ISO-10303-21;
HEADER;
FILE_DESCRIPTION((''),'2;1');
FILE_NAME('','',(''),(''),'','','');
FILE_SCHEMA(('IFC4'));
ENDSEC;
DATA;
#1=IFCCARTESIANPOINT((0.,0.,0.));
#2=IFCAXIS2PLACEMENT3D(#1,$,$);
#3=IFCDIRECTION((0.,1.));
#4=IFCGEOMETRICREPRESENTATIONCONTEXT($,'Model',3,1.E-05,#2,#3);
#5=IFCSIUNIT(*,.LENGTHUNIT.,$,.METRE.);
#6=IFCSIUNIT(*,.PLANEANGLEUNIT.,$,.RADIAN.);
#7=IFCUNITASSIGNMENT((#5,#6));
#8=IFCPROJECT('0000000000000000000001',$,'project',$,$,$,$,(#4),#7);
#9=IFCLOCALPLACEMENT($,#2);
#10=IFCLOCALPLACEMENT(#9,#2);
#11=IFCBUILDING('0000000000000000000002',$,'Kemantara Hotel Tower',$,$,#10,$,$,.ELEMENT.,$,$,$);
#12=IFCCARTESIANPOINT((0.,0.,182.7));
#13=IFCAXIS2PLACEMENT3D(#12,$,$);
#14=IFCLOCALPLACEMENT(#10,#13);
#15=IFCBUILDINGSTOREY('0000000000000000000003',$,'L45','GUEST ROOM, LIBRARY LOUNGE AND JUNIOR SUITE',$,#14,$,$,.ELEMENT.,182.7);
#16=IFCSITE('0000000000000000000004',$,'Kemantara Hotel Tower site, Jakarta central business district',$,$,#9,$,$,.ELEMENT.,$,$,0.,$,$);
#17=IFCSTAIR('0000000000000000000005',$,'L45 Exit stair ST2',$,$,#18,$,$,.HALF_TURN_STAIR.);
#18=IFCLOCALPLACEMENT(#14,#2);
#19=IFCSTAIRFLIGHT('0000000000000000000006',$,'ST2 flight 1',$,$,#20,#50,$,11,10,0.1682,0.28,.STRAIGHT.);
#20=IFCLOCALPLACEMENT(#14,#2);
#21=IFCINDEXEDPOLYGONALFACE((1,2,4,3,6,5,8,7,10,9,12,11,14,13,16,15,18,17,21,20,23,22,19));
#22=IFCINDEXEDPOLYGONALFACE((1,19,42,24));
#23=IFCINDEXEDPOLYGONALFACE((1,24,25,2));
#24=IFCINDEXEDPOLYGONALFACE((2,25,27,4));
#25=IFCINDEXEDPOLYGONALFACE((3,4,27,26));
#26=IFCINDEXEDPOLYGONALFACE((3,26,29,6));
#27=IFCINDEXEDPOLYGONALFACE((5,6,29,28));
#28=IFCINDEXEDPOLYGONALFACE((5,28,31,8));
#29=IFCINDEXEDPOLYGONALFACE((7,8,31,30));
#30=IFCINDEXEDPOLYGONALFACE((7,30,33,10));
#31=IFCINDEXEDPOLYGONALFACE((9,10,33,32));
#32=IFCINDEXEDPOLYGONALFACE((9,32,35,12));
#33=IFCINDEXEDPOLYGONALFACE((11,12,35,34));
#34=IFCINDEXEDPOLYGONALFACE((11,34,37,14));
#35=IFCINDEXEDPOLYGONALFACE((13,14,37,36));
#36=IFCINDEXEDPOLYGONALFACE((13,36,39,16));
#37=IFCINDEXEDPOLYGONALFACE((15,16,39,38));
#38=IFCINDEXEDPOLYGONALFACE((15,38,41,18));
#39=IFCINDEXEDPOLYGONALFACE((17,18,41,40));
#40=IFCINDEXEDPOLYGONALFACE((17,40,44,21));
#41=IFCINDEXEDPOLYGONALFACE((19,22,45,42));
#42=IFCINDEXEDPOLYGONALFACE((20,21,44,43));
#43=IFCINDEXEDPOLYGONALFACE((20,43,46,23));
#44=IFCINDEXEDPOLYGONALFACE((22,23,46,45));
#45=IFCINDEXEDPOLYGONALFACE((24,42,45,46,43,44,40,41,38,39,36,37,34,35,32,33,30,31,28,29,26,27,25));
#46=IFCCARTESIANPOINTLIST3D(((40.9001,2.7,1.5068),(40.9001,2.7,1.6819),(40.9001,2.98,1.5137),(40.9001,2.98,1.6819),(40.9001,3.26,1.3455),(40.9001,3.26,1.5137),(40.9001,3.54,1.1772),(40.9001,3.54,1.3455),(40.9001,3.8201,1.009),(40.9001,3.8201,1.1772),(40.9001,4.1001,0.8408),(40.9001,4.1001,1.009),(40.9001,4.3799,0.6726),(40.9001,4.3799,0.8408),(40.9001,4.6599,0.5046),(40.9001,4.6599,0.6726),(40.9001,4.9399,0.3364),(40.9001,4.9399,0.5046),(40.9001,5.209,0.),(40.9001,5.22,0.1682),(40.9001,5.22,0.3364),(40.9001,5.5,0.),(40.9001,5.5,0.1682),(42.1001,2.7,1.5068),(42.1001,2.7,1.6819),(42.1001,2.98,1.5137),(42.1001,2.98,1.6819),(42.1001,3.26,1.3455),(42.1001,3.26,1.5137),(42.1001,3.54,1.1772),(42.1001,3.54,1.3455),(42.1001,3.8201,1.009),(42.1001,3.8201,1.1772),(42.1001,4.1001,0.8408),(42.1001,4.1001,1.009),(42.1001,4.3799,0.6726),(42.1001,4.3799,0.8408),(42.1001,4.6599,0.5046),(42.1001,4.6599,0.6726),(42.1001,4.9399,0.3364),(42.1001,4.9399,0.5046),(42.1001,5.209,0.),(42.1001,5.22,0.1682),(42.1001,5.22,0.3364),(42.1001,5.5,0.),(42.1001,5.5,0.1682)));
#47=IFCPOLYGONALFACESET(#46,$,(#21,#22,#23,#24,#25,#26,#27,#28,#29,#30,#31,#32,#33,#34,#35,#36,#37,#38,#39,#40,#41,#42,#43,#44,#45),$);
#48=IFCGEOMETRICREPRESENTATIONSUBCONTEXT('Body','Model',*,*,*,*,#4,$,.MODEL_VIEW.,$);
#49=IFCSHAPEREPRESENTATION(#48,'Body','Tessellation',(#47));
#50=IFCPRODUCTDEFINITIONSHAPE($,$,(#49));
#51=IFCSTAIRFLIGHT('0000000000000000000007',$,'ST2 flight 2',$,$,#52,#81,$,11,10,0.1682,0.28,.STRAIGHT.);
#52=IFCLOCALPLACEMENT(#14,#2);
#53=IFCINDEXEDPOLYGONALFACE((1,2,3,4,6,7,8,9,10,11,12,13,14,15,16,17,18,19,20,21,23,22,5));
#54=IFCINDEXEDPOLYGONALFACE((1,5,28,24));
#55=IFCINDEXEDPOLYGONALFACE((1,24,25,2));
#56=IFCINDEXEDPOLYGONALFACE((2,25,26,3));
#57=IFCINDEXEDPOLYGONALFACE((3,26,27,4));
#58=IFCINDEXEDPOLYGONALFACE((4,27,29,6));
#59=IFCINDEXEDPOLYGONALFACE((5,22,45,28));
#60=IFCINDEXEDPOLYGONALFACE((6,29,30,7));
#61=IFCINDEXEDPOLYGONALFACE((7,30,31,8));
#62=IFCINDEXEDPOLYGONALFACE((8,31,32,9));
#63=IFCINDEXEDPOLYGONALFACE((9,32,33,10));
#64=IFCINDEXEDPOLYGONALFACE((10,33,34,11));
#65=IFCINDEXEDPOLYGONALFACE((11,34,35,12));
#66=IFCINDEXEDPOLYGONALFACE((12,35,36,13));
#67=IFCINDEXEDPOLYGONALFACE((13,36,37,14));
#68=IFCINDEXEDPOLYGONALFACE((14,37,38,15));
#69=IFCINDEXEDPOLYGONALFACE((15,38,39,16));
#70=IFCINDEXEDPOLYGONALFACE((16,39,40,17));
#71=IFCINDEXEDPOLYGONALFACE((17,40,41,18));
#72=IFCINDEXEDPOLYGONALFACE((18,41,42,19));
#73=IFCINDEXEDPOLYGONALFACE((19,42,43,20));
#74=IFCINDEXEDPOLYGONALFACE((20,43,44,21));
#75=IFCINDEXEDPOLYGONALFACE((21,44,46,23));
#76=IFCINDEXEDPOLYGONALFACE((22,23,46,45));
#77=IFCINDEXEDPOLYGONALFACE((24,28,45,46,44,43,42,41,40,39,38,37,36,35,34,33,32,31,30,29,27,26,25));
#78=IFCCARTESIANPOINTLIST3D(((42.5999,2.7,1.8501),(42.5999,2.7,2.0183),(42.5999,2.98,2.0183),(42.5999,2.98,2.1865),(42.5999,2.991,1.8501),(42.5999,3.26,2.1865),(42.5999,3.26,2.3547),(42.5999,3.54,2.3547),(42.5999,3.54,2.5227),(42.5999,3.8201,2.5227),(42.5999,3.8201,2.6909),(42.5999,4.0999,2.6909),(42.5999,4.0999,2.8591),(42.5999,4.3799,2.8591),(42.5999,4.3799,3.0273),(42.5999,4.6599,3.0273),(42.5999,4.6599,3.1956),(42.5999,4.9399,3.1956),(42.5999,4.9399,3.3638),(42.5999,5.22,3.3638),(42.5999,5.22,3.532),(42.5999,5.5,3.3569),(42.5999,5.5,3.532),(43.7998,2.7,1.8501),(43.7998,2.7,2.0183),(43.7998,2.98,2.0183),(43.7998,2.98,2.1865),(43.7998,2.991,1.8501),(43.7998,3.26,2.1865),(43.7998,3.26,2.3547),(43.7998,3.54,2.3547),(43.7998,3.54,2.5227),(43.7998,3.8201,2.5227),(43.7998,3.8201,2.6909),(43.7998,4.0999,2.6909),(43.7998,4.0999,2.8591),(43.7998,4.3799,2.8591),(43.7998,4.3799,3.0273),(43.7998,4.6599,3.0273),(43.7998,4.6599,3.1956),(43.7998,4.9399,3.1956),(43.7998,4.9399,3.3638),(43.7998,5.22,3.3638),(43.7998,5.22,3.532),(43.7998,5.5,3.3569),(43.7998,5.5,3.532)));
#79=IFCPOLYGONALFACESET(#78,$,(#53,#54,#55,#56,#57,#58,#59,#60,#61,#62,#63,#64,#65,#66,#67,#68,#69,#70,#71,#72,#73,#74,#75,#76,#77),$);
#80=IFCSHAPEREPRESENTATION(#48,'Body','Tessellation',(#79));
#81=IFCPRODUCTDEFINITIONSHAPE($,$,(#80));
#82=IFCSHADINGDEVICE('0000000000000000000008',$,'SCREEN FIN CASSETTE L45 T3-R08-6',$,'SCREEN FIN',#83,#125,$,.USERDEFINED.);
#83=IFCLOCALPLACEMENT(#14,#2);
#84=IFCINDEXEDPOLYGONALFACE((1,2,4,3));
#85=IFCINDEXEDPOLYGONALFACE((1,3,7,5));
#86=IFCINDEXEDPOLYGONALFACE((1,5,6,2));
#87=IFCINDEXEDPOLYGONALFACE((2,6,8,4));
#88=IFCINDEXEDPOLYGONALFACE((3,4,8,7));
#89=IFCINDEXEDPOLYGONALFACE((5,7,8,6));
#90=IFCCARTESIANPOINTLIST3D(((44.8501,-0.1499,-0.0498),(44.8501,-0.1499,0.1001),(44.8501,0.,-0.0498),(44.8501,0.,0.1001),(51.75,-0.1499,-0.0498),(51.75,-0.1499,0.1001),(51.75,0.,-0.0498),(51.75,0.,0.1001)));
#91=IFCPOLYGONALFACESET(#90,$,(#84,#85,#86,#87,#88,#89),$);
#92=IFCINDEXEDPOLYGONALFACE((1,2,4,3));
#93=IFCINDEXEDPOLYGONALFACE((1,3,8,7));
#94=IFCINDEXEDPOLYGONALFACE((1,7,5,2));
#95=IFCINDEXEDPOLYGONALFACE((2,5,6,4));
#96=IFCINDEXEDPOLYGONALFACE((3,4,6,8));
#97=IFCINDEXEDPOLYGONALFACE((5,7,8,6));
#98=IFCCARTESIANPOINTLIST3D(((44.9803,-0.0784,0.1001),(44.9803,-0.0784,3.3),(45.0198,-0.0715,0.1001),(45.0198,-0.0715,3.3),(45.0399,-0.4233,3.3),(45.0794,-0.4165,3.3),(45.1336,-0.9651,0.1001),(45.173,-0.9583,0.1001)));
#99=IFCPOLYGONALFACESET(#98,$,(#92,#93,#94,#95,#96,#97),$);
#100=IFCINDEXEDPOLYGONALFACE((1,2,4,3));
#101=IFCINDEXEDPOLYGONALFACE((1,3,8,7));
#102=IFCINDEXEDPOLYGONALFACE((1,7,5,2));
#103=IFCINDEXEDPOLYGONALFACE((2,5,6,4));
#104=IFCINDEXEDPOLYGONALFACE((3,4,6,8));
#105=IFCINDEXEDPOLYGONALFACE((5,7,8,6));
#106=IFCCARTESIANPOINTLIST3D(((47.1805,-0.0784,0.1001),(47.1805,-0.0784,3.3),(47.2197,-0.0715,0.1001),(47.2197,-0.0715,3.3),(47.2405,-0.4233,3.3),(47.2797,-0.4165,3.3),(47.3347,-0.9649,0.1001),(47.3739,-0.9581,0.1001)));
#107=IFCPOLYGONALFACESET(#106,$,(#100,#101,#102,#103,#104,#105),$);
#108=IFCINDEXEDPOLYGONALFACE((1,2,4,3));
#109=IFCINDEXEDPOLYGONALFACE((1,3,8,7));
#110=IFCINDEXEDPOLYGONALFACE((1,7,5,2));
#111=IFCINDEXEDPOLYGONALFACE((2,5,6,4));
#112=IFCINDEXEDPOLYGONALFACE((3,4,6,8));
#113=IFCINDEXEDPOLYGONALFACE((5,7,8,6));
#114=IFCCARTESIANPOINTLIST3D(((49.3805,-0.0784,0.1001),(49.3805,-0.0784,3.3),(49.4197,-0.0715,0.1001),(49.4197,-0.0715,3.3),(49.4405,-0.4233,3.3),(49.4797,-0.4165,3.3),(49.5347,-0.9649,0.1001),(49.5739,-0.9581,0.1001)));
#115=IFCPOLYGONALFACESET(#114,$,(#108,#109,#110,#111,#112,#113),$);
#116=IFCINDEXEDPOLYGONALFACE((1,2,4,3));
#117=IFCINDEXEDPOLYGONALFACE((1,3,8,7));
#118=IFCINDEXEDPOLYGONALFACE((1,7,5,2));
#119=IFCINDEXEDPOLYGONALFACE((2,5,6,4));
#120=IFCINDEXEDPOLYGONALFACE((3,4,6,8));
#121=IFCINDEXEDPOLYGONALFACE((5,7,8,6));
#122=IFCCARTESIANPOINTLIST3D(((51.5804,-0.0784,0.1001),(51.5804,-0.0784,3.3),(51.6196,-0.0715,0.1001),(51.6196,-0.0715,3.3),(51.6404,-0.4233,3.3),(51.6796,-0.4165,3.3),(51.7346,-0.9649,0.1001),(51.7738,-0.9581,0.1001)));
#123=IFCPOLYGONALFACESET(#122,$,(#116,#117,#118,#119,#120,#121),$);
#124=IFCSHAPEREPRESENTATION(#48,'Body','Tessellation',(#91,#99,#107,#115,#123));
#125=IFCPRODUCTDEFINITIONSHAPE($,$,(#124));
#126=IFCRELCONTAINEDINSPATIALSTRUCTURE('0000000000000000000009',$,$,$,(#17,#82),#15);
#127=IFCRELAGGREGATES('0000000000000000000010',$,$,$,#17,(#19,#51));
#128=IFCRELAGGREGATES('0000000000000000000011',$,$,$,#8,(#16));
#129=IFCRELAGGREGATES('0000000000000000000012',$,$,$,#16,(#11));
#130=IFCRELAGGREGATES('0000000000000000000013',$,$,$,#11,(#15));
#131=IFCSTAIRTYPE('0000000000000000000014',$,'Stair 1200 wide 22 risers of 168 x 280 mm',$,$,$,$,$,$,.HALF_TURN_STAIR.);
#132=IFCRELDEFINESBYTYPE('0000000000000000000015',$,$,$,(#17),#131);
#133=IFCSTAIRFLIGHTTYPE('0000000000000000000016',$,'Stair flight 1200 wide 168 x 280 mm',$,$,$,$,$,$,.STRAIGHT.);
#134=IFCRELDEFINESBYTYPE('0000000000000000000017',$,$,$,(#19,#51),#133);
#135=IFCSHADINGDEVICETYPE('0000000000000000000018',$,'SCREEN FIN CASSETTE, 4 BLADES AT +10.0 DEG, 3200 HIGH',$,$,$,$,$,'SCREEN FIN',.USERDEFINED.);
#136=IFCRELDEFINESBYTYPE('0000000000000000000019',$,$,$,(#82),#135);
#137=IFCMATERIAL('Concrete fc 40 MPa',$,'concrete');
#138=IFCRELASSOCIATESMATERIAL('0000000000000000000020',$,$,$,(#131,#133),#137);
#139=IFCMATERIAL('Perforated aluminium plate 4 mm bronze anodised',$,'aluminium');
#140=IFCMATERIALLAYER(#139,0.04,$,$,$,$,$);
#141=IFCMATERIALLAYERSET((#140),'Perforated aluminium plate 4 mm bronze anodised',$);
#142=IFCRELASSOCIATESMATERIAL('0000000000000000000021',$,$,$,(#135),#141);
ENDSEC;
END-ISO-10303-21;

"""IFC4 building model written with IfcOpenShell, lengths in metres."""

from ifc_helpers import new_model, si_unit, direction, frame, origin, origin_2d, place, context, subcontext, project, spatial, polyline, rectangle, outline, extrude, source, transform, mapped, material, layer, layer_set, type_object, element, aggregate, save


model = new_model("IFC4")

# Units and contexts
model_context = context("Model", 3, precision=1e-05, world=origin(), true_north=direction((0.0, 1.0)))
body_context = subcontext(model_context, "Body", "Model", "MODEL_VIEW")
ifc_project = project(units=[si_unit("LENGTHUNIT", "METRE"), si_unit("PLANEANGLEUNIT", "RADIAN")], contexts=[model_context])

# Site, building, storey
site_placement = place(None, origin())
site = spatial("IfcSite", under=ifc_project, at=site_placement, Name="Kemantara Hotel Tower site, Jakarta central business district", CompositionType="ELEMENT", RefElevation=0.0)
building_placement = place(site_placement, origin())
building = spatial("IfcBuilding", under=site, at=building_placement, Name="Kemantara Hotel Tower", CompositionType="ELEMENT")
storey_placement = place(building_placement, frame((0.0, 0.0, 182.7)))
storey = spatial("IfcBuildingStorey", under=building, at=storey_placement, Name="L45", Description="GUEST ROOM, LIBRARY LOUNGE AND JUNIOR SUITE", CompositionType="ELEMENT", Elevation=182.7)

# Stair, stair flights
ifc_material_1 = material(Name="Concrete fc 40 MPa", Category="concrete")
stair_type = type_object("IfcStairType", Name="Stair 1200 wide 22 risers of 168 x 280 mm", PredefinedType="HALF_TURN_STAIR", material=ifc_material_1)
stair_placement = place(storey_placement, origin())
stair = element("IfcStair", 1, at=stair_placement, inside=storey, type_object=stair_type, Name="L45 Exit stair ST2", PredefinedType="HALF_TURN_STAIR")
stair_flight_type = type_object("IfcStairFlightType", Name="Stair flight 1200 wide 168 x 280 mm", PredefinedType="STRAIGHT", material=ifc_material_1)
stair_flight_1_placement = place(storey_placement, frame((41.5, 5.5, 0.0), z_axis=(0.0, 0.0, 1.0), x_axis=(0.0, -1.0, 0.0)))
stair_flight_1 = element("IfcStairFlight", 2, at=stair_flight_1_placement, type_object=stair_flight_type, Name="ST2 flight 1", NumberOfRisers=11, NumberOfTreads=10, PredefinedType="STRAIGHT", RiserHeight=0.1682, TreadLength=0.28, context=body_context, shape_type="SweptSolid", body=[
    extrude(outline(polyline([(0.0, 0.0), (0.0, 0.1682), (0.28, 0.1682), (0.28, 0.3364), (0.5601, 0.3364), (0.5601, 0.5046), (0.8401, 0.5046), (0.8401, 0.6726), (1.1201, 0.6726), (1.1201, 0.8408), (1.3999, 0.8408), (1.3999, 1.009), (1.6799, 1.009), (1.6799, 1.1772), (1.96, 1.1772), (1.96, 1.3455), (2.24, 1.3455), (2.24, 1.5137), (2.52, 1.5137), (2.52, 1.6819), (2.8, 1.6819), (2.8, 1.8501), (2.8, 1.5068), (0.291, 0.0), (0.0, 0.0)])), frame((0.0, 0.6001, 0.0), z_axis=(0.0, -1.0, 0.0), x_axis=(1.0, 0.0, 0.0)), (0.0, 0.0, 1.0), 1.2),
])
stair_flight_2_placement = place(storey_placement, frame((43.2, 2.7, 1.8501), z_axis=(0.0, 0.0, 1.0), x_axis=(0.0, 1.0, 0.0)))
stair_flight_2 = element("IfcStairFlight", 3, at=stair_flight_2_placement, type_object=stair_flight_type, Name="ST2 flight 2", NumberOfRisers=11, NumberOfTreads=10, PredefinedType="STRAIGHT", RiserHeight=0.1682, TreadLength=0.28, context=body_context, shape_type="SweptSolid", body=[
    extrude(outline(polyline([(0.0, 0.0), (0.0, 0.1682), (0.28, 0.1682), (0.28, 0.3364), (0.5601, 0.3364), (0.5601, 0.5046), (0.8401, 0.5046), (0.8401, 0.6726), (1.1201, 0.6726), (1.1201, 0.8408), (1.3999, 0.8408), (1.3999, 1.009), (1.6799, 1.009), (1.6799, 1.1772), (1.96, 1.1772), (1.96, 1.3455), (2.24, 1.3455), (2.24, 1.5137), (2.52, 1.5137), (2.52, 1.6819), (2.8, 1.6819), (2.8, 1.8501), (2.8, 1.5068), (0.291, 0.0), (0.0, 0.0)])), frame((0.0, 0.6001, 0.0), z_axis=(0.0, -1.0, 0.0), x_axis=(1.0, 0.0, 0.0)), (0.0, 0.0, 1.0), 1.2),
])
aggregate(stair, [stair_flight_1, stair_flight_2])

# Shading device
ifc_material_2 = material(Name="Perforated aluminium plate 4 mm bronze anodised", Category="aluminium")
ifc_layer_1 = layer(ifc_material_2, 0.04)
ifc_layer_set_1 = layer_set([ifc_layer_1], Name="Perforated aluminium plate 4 mm bronze anodised")
shading_device_type = type_object("IfcShadingDeviceType", Name="SCREEN FIN CASSETTE, 4 BLADES AT +10.0 DEG, 3200 HIGH", ElementType="SCREEN FIN", PredefinedType="USERDEFINED", material=ifc_layer_set_1)
shared_shape = source(origin(), body_context, "Body", "SweptSolid", [
    extrude(rectangle(XDim=6.8999, YDim=0.1499, at=origin_2d()), frame((3.3, -0.075, -0.1499), z_axis=(0.0, 0.0, 1.0), x_axis=(1.0, 0.0, 0.0)), (0.0, 0.0, 1.0), 0.1499),
    extrude(outline(polyline([(0.0, 0.0), (0.8999, 0.0), (0.3501, 3.2), (0.0, 3.2), (0.0, 0.0)])), frame((0.0198, -0.0715, 0.0), z_axis=(-0.98539, -0.170314, 0.0), x_axis=(0.170314, -0.98539, 0.0)), (0.0, 0.0, 1.0), 0.04),
    extrude(outline(polyline([(0.0, 0.0), (0.8999, 0.0), (0.3501, 3.2), (0.0, 3.2), (0.0, 0.0)])), frame((2.2197, -0.0715, 0.0), z_axis=(-0.985212, -0.171341, 0.0), x_axis=(0.171341, -0.985212, 0.0)), (0.0, 0.0, 1.0), 0.0398),
    extrude(outline(polyline([(0.0, 0.0), (0.8999, 0.0), (0.3501, 3.2), (0.0, 3.2), (0.0, 0.0)])), frame((4.4197, -0.0715, 0.0), z_axis=(-0.985212, -0.171341, 0.0), x_axis=(0.171341, -0.985212, 0.0)), (0.0, 0.0, 1.0), 0.0398),
    extrude(outline(polyline([(0.0, 0.0), (0.8999, 0.0), (0.3501, 3.2), (0.0, 3.2), (0.0, 0.0)])), frame((6.6196, -0.0715, 0.0), z_axis=(-0.985212, -0.171341, 0.0), x_axis=(0.171341, -0.985212, 0.0)), (0.0, 0.0, 1.0), 0.0398),
])
shading_device_placement = place(storey_placement, frame((45.0, 0.0, 0.1001), z_axis=(0.0, 0.0, 1.0), x_axis=(1.0, 0.0, 0.0)))
element("IfcShadingDevice", 4, at=shading_device_placement, inside=storey, type_object=shading_device_type, Name="SCREEN FIN CASSETTE L45 T3-R08-6", ObjectType="SCREEN FIN", PredefinedType="USERDEFINED", context=body_context, shape_type="MappedRepresentation", body=[
    mapped(shared_shape, transform((0.0, 0.0, 0.0))),
])

save(model, "model.ifc")
